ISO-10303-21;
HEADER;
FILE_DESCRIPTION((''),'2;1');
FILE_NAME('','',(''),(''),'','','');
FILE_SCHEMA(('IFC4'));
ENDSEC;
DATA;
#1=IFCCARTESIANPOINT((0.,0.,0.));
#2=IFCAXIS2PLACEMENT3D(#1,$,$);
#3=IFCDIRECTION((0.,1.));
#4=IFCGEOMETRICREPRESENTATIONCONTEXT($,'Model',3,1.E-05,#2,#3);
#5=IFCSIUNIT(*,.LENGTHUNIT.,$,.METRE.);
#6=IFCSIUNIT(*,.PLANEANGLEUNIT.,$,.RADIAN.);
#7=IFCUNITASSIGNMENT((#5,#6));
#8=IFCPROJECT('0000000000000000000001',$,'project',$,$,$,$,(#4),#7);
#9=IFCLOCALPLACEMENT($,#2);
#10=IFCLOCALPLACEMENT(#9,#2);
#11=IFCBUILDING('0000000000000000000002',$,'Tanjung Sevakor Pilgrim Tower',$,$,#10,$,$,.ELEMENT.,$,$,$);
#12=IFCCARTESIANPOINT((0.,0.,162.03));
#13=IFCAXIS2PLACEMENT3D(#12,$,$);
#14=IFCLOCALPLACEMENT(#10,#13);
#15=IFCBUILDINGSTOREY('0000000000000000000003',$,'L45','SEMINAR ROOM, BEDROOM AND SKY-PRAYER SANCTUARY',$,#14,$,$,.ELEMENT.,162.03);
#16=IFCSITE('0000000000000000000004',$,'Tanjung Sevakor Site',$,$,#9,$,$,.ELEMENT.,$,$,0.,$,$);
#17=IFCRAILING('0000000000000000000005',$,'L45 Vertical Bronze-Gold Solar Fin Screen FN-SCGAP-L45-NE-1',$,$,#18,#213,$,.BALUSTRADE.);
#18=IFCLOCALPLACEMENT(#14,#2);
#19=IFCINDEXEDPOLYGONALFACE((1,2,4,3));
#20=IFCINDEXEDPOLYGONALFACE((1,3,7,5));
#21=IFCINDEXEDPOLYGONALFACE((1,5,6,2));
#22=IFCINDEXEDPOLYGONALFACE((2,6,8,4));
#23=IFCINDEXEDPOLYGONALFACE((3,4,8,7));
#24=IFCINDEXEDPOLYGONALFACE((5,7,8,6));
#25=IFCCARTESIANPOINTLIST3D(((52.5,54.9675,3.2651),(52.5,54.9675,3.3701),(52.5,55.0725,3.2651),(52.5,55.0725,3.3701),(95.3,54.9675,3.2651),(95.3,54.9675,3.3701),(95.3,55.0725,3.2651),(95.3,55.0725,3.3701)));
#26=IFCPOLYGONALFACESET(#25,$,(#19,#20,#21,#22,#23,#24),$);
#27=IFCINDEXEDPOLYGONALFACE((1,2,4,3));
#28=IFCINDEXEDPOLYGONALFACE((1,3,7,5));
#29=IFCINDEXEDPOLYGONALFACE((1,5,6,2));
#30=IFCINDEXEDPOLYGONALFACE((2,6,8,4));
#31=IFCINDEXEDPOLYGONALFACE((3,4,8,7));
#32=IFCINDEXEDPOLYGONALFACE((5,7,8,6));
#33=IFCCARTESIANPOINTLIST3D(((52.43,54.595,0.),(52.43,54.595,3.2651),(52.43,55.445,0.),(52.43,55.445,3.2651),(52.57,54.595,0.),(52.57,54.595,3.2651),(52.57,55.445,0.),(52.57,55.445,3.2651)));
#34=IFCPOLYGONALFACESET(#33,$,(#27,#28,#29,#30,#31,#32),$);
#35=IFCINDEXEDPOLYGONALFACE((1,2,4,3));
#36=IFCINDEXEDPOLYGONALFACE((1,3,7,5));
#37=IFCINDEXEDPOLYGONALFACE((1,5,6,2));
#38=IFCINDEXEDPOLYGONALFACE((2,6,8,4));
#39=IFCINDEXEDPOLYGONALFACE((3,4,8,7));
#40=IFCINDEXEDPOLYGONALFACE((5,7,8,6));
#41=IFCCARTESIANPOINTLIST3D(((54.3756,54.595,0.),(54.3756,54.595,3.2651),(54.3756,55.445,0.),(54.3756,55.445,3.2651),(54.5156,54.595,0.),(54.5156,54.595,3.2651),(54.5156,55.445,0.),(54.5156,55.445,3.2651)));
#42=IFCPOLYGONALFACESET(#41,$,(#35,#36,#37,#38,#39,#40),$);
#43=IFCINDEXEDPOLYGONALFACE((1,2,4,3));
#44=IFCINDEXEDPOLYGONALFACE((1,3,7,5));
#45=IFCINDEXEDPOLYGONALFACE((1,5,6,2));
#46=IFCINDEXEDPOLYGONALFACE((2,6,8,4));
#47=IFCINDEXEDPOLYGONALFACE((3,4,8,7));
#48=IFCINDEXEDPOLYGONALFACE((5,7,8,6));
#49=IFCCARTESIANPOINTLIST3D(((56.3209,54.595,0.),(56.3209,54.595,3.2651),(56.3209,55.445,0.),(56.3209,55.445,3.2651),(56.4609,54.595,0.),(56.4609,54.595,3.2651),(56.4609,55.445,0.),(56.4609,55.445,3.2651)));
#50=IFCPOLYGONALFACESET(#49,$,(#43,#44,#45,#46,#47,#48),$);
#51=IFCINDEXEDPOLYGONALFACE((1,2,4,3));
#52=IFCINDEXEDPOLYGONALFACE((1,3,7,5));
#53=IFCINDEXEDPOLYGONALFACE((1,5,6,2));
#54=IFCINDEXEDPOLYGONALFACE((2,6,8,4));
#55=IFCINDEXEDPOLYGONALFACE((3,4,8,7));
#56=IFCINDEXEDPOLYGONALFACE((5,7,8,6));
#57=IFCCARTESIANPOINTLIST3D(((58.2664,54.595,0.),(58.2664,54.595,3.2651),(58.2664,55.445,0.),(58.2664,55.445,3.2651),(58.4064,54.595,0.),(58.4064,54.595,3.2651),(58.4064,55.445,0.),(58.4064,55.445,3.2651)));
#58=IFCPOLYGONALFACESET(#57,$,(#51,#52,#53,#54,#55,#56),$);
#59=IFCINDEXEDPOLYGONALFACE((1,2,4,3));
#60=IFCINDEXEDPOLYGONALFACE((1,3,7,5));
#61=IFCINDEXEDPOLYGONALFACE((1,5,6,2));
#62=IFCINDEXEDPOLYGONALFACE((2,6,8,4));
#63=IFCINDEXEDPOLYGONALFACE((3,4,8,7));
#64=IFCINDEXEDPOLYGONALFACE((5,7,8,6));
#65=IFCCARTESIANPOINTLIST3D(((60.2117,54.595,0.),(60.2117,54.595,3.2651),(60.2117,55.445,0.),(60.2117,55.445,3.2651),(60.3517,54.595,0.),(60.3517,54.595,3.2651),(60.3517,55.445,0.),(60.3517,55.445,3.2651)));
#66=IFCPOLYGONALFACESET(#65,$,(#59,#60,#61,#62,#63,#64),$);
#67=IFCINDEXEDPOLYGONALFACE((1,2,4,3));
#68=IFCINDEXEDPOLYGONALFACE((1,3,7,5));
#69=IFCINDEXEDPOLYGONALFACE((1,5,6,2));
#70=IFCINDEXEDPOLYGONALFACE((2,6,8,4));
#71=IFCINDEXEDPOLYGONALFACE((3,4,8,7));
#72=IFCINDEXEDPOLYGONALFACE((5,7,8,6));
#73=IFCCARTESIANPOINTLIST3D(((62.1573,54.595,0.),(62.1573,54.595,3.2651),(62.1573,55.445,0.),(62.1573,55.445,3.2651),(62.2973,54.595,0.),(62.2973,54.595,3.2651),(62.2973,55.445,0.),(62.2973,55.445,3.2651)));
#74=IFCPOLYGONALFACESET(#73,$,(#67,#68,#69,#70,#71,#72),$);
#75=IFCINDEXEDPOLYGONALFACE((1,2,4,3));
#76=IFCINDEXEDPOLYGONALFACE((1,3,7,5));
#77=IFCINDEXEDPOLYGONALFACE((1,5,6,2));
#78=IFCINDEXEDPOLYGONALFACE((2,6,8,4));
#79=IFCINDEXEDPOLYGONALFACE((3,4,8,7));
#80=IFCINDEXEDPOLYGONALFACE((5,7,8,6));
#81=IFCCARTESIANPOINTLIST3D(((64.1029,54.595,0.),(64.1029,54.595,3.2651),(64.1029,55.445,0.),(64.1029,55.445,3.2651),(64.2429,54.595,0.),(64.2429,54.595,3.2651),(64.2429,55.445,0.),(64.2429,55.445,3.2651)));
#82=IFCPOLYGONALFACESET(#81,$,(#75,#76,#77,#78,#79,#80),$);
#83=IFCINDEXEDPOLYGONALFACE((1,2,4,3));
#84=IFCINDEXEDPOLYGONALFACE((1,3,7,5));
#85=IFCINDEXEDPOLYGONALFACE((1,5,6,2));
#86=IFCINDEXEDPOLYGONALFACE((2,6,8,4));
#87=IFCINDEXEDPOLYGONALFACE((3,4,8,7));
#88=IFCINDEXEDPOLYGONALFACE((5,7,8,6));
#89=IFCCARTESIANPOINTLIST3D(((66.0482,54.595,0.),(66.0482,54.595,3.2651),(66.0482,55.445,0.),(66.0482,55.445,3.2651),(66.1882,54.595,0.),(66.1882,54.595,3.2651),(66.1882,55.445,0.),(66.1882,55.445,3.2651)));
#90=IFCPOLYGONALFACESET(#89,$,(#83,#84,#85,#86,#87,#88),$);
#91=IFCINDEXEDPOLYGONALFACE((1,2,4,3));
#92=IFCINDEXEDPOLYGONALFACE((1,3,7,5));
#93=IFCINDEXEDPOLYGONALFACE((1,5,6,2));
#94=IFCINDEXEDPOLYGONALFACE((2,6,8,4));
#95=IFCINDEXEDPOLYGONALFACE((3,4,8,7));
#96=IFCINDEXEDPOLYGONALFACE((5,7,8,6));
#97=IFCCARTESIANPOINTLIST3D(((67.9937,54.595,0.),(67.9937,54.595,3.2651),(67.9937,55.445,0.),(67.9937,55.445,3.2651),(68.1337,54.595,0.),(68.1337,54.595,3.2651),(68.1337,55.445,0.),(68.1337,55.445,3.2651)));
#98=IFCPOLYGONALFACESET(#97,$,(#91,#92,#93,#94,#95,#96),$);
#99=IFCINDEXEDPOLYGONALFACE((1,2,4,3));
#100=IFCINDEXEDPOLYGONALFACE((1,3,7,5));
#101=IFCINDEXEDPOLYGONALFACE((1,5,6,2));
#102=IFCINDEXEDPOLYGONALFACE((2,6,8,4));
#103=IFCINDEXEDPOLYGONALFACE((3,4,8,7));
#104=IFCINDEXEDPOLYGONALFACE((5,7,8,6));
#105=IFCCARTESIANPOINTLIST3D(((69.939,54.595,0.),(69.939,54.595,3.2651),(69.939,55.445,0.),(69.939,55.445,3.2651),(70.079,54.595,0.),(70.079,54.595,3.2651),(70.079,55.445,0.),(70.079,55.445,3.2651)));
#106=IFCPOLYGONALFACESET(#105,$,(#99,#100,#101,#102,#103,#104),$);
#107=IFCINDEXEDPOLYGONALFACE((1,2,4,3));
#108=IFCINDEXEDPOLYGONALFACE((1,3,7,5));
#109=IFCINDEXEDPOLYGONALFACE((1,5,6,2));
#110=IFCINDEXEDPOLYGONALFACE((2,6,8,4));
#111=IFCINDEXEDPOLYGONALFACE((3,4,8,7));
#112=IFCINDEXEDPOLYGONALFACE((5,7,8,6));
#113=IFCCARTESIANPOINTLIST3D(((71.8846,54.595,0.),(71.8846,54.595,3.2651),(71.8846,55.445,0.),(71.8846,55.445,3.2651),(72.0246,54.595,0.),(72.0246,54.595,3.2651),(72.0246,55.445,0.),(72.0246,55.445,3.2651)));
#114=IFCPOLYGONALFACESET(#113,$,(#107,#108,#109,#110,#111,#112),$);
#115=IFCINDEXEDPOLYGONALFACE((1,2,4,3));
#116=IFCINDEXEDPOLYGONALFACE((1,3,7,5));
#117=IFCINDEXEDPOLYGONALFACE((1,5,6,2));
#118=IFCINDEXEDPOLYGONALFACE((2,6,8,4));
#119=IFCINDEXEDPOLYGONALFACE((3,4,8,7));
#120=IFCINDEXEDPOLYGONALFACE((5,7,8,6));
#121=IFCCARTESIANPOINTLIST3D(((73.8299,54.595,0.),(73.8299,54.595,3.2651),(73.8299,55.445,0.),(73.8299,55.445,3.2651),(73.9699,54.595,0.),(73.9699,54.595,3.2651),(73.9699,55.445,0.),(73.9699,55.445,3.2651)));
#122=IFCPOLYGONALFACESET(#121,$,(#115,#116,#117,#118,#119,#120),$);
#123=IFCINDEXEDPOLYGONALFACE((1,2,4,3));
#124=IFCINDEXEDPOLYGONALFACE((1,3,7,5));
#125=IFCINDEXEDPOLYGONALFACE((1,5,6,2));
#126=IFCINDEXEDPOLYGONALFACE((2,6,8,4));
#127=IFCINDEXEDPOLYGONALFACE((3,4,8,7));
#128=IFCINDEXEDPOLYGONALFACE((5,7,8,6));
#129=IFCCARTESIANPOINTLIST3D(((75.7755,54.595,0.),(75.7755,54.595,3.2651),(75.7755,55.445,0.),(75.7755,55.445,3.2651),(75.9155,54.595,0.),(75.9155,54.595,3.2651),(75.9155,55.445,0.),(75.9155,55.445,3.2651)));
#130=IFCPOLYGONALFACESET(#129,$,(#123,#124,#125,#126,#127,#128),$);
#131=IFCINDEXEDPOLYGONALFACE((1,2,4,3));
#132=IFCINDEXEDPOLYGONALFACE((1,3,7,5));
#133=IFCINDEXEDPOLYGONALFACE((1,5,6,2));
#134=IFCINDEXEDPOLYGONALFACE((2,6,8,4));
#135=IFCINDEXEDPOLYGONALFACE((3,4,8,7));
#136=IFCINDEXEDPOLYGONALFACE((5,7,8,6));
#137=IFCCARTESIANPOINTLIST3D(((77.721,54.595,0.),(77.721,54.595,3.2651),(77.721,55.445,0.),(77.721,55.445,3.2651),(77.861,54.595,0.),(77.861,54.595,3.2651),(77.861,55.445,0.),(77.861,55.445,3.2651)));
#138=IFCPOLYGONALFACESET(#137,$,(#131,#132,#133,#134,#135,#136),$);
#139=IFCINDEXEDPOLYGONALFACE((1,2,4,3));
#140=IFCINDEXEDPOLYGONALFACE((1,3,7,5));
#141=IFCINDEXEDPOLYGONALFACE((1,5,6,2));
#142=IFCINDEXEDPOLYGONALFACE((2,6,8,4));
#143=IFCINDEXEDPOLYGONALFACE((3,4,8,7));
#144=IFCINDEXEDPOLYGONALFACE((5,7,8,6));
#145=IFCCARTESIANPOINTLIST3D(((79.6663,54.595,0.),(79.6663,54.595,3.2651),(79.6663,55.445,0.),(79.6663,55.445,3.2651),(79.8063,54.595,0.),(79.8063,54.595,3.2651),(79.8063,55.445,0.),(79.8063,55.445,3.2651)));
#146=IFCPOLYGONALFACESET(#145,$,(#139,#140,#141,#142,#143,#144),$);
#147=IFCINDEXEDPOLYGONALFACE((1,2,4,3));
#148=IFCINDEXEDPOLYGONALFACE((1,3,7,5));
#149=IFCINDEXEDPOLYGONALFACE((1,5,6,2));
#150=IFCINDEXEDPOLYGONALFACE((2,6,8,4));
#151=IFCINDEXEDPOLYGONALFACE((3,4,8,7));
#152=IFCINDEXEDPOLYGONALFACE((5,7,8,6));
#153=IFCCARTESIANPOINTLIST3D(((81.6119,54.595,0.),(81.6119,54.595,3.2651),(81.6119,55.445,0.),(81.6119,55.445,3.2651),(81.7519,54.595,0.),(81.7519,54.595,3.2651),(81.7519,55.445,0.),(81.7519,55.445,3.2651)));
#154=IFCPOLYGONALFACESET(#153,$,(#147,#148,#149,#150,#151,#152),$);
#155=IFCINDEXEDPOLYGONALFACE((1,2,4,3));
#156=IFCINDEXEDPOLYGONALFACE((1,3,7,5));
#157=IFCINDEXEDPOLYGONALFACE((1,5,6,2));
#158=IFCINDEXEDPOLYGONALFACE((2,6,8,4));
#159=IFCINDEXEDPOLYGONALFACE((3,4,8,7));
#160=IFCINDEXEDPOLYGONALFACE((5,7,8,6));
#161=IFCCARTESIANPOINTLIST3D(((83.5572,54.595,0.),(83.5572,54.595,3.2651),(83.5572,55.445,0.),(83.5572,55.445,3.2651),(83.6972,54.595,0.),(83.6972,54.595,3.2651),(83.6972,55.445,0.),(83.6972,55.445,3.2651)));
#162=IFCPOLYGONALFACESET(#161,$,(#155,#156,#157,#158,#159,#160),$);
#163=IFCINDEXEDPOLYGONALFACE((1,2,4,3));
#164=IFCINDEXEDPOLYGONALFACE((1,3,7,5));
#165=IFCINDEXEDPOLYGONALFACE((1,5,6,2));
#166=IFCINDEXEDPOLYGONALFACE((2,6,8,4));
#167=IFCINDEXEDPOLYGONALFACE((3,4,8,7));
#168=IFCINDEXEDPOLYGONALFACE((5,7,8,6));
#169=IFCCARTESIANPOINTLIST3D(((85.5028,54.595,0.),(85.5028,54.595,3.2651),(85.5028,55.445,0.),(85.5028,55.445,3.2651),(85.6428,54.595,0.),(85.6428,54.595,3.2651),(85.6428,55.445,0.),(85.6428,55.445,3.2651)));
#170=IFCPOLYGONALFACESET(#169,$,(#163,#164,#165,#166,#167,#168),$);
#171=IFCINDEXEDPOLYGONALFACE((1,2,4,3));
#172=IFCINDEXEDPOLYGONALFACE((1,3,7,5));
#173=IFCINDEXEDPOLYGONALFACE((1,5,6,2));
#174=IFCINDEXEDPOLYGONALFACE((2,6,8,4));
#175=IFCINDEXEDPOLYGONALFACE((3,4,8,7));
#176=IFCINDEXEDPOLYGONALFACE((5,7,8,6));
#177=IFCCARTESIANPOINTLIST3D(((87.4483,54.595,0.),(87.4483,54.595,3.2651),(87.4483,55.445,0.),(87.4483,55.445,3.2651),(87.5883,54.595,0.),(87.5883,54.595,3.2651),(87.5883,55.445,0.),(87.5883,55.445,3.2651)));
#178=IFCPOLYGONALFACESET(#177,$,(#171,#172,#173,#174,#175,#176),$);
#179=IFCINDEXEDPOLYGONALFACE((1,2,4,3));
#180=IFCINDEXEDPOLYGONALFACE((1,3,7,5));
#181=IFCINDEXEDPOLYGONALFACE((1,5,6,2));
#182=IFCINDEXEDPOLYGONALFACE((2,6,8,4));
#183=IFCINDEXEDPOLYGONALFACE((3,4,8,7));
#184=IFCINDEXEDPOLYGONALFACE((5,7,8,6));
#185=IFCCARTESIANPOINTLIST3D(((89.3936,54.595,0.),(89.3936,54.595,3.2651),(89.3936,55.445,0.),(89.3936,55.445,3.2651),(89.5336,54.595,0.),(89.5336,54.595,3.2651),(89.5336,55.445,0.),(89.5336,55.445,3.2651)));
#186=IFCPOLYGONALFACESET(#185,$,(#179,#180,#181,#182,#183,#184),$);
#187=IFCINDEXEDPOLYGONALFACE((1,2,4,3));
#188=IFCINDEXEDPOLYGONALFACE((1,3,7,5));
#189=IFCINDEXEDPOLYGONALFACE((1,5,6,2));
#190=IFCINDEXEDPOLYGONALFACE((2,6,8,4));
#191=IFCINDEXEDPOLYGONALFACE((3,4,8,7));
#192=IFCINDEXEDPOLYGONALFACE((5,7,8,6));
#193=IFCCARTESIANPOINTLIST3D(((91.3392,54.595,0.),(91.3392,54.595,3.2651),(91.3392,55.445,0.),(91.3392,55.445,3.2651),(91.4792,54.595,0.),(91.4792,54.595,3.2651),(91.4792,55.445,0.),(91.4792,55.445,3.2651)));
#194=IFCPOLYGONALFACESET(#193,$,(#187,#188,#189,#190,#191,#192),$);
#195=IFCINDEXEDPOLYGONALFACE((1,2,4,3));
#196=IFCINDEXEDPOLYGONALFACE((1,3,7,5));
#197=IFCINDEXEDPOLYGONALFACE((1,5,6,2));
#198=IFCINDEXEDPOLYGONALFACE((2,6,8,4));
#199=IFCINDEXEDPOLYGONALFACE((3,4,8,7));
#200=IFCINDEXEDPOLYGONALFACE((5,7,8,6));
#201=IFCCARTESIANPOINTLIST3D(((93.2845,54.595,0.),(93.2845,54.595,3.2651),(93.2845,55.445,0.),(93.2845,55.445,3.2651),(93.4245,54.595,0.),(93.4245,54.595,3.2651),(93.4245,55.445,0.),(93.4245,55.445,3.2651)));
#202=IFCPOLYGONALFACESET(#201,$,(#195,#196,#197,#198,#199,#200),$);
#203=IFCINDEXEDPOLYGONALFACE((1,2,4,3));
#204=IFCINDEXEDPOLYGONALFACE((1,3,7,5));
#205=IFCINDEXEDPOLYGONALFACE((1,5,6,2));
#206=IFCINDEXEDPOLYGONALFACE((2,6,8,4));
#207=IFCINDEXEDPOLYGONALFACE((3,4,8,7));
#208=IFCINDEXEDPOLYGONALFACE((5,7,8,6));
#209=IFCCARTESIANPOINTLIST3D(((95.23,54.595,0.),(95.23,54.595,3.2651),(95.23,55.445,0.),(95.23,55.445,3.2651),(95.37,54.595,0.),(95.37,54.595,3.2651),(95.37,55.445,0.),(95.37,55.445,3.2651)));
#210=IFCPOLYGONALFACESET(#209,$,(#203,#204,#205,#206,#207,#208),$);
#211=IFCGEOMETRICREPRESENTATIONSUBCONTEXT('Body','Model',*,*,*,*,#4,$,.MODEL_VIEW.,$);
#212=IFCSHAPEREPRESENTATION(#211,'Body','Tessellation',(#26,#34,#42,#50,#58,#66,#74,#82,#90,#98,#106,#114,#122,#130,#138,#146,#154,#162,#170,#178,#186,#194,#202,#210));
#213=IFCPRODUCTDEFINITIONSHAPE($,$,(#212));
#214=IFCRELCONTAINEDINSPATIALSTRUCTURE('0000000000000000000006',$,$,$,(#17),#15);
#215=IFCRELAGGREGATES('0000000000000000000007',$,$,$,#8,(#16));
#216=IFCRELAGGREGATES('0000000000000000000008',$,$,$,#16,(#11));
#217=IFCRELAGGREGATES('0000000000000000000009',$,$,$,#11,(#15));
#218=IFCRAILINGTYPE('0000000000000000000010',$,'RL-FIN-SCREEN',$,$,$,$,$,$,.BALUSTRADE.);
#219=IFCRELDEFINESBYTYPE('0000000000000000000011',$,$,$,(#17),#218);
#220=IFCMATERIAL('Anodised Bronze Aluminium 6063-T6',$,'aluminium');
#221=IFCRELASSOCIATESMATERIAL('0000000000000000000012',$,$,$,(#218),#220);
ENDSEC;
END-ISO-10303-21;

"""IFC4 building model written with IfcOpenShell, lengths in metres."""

from ifc_helpers import new_model, si_unit, direction, frame, origin, place, context, subcontext, project, spatial, rectangle, extrude, material, type_object, element, save


model = new_model("IFC4")

# Units and contexts
model_context = context("Model", 3, precision=1e-05, world=origin(), true_north=direction((0.0, 1.0)))
body_context = subcontext(model_context, "Body", "Model", "MODEL_VIEW")
ifc_project = project(units=[si_unit("LENGTHUNIT", "METRE"), si_unit("PLANEANGLEUNIT", "RADIAN")], contexts=[model_context])

# Site, building, storey
site_placement = place(None, origin())
site = spatial("IfcSite", under=ifc_project, at=site_placement, Name="Tanjung Sevakor Site", CompositionType="ELEMENT", RefElevation=0.0)
building_placement = place(site_placement, origin())
building = spatial("IfcBuilding", under=site, at=building_placement, Name="Tanjung Sevakor Pilgrim Tower", CompositionType="ELEMENT")
storey_placement = place(building_placement, frame((0.0, 0.0, 162.03)))
storey = spatial("IfcBuildingStorey", under=building, at=storey_placement, Name="L45", Description="SEMINAR ROOM, BEDROOM AND SKY-PRAYER SANCTUARY", CompositionType="ELEMENT", Elevation=162.03)

# Railing
ifc_material_1 = material(Name="Anodised Bronze Aluminium 6063-T6", Category="aluminium")
railing_type = type_object("IfcRailingType", Name="RL-FIN-SCREEN", PredefinedType="BALUSTRADE", material=ifc_material_1)
railing_placement = place(storey_placement, frame((52.5, 55.02, 0.0)))
element("IfcRailing", 1, at=railing_placement, inside=storey, type_object=railing_type, Name="L45 Vertical Bronze-Gold Solar Fin Screen FN-SCGAP-L45-NE-1", PredefinedType="BALUSTRADE", context=body_context, shape_type="SweptSolid", body=[
    extrude(rectangle(XDim=0.105, YDim=0.105), frame((0.0, 0.0, 3.3176), z_axis=(1.0, 0.0, 0.0), x_axis=(0.0, 1.0, 0.0)), (0.0, 0.0, 1.0), 42.8),
    extrude(rectangle(XDim=0.14, YDim=0.85), origin(), (0.0, 0.0, 1.0), 3.2651),
    extrude(rectangle(XDim=0.14, YDim=0.85), frame((1.9456, 0.0, 0.0)), (0.0, 0.0, 1.0), 3.2651),
    extrude(rectangle(XDim=0.14, YDim=0.85), frame((3.8909, 0.0, 0.0)), (0.0, 0.0, 1.0), 3.2651),
    extrude(rectangle(XDim=0.14, YDim=0.85), frame((5.8364, 0.0, 0.0)), (0.0, 0.0, 1.0), 3.2651),
    extrude(rectangle(XDim=0.14, YDim=0.85), frame((7.7817, 0.0, 0.0)), (0.0, 0.0, 1.0), 3.2651),
    extrude(rectangle(XDim=0.14, YDim=0.85), frame((9.7273, 0.0, 0.0)), (0.0, 0.0, 1.0), 3.2651),
    extrude(rectangle(XDim=0.14, YDim=0.85), frame((11.6729, 0.0, 0.0)), (0.0, 0.0, 1.0), 3.2651),
    extrude(rectangle(XDim=0.14, YDim=0.85), frame((13.6182, 0.0, 0.0)), (0.0, 0.0, 1.0), 3.2651),
    extrude(rectangle(XDim=0.14, YDim=0.85), frame((15.5637, 0.0, 0.0)), (0.0, 0.0, 1.0), 3.2651),
    extrude(rectangle(XDim=0.14, YDim=0.85), frame((17.509, 0.0, 0.0)), (0.0, 0.0, 1.0), 3.2651),
    extrude(rectangle(XDim=0.14, YDim=0.85), frame((19.4546, 0.0, 0.0)), (0.0, 0.0, 1.0), 3.2651),
    extrude(rectangle(XDim=0.14, YDim=0.85), frame((21.3999, 0.0, 0.0)), (0.0, 0.0, 1.0), 3.2651),
    extrude(rectangle(XDim=0.14, YDim=0.85), frame((23.3455, 0.0, 0.0)), (0.0, 0.0, 1.0), 3.2651),
    extrude(rectangle(XDim=0.14, YDim=0.85), frame((25.291, 0.0, 0.0)), (0.0, 0.0, 1.0), 3.2651),
    extrude(rectangle(XDim=0.14, YDim=0.85), frame((27.2363, 0.0, 0.0)), (0.0, 0.0, 1.0), 3.2651),
    extrude(rectangle(XDim=0.14, YDim=0.85), frame((29.1819, 0.0, 0.0)), (0.0, 0.0, 1.0), 3.2651),
    extrude(rectangle(XDim=0.14, YDim=0.85), frame((31.1272, 0.0, 0.0)), (0.0, 0.0, 1.0), 3.2651),
    extrude(rectangle(XDim=0.14, YDim=0.85), frame((33.0728, 0.0, 0.0)), (0.0, 0.0, 1.0), 3.2651),
    extrude(rectangle(XDim=0.14, YDim=0.85), frame((35.0183, 0.0, 0.0)), (0.0, 0.0, 1.0), 3.2651),
    extrude(rectangle(XDim=0.14, YDim=0.85), frame((36.9636, 0.0, 0.0)), (0.0, 0.0, 1.0), 3.2651),
    extrude(rectangle(XDim=0.14, YDim=0.85), frame((38.9092, 0.0, 0.0)), (0.0, 0.0, 1.0), 3.2651),
    extrude(rectangle(XDim=0.14, YDim=0.85), frame((40.8545, 0.0, 0.0)), (0.0, 0.0, 1.0), 3.2651),
    extrude(rectangle(XDim=0.14, YDim=0.85), frame((42.8, 0.0, 0.0)), (0.0, 0.0, 1.0), 3.2651),
])

save(model, "model.ifc")
